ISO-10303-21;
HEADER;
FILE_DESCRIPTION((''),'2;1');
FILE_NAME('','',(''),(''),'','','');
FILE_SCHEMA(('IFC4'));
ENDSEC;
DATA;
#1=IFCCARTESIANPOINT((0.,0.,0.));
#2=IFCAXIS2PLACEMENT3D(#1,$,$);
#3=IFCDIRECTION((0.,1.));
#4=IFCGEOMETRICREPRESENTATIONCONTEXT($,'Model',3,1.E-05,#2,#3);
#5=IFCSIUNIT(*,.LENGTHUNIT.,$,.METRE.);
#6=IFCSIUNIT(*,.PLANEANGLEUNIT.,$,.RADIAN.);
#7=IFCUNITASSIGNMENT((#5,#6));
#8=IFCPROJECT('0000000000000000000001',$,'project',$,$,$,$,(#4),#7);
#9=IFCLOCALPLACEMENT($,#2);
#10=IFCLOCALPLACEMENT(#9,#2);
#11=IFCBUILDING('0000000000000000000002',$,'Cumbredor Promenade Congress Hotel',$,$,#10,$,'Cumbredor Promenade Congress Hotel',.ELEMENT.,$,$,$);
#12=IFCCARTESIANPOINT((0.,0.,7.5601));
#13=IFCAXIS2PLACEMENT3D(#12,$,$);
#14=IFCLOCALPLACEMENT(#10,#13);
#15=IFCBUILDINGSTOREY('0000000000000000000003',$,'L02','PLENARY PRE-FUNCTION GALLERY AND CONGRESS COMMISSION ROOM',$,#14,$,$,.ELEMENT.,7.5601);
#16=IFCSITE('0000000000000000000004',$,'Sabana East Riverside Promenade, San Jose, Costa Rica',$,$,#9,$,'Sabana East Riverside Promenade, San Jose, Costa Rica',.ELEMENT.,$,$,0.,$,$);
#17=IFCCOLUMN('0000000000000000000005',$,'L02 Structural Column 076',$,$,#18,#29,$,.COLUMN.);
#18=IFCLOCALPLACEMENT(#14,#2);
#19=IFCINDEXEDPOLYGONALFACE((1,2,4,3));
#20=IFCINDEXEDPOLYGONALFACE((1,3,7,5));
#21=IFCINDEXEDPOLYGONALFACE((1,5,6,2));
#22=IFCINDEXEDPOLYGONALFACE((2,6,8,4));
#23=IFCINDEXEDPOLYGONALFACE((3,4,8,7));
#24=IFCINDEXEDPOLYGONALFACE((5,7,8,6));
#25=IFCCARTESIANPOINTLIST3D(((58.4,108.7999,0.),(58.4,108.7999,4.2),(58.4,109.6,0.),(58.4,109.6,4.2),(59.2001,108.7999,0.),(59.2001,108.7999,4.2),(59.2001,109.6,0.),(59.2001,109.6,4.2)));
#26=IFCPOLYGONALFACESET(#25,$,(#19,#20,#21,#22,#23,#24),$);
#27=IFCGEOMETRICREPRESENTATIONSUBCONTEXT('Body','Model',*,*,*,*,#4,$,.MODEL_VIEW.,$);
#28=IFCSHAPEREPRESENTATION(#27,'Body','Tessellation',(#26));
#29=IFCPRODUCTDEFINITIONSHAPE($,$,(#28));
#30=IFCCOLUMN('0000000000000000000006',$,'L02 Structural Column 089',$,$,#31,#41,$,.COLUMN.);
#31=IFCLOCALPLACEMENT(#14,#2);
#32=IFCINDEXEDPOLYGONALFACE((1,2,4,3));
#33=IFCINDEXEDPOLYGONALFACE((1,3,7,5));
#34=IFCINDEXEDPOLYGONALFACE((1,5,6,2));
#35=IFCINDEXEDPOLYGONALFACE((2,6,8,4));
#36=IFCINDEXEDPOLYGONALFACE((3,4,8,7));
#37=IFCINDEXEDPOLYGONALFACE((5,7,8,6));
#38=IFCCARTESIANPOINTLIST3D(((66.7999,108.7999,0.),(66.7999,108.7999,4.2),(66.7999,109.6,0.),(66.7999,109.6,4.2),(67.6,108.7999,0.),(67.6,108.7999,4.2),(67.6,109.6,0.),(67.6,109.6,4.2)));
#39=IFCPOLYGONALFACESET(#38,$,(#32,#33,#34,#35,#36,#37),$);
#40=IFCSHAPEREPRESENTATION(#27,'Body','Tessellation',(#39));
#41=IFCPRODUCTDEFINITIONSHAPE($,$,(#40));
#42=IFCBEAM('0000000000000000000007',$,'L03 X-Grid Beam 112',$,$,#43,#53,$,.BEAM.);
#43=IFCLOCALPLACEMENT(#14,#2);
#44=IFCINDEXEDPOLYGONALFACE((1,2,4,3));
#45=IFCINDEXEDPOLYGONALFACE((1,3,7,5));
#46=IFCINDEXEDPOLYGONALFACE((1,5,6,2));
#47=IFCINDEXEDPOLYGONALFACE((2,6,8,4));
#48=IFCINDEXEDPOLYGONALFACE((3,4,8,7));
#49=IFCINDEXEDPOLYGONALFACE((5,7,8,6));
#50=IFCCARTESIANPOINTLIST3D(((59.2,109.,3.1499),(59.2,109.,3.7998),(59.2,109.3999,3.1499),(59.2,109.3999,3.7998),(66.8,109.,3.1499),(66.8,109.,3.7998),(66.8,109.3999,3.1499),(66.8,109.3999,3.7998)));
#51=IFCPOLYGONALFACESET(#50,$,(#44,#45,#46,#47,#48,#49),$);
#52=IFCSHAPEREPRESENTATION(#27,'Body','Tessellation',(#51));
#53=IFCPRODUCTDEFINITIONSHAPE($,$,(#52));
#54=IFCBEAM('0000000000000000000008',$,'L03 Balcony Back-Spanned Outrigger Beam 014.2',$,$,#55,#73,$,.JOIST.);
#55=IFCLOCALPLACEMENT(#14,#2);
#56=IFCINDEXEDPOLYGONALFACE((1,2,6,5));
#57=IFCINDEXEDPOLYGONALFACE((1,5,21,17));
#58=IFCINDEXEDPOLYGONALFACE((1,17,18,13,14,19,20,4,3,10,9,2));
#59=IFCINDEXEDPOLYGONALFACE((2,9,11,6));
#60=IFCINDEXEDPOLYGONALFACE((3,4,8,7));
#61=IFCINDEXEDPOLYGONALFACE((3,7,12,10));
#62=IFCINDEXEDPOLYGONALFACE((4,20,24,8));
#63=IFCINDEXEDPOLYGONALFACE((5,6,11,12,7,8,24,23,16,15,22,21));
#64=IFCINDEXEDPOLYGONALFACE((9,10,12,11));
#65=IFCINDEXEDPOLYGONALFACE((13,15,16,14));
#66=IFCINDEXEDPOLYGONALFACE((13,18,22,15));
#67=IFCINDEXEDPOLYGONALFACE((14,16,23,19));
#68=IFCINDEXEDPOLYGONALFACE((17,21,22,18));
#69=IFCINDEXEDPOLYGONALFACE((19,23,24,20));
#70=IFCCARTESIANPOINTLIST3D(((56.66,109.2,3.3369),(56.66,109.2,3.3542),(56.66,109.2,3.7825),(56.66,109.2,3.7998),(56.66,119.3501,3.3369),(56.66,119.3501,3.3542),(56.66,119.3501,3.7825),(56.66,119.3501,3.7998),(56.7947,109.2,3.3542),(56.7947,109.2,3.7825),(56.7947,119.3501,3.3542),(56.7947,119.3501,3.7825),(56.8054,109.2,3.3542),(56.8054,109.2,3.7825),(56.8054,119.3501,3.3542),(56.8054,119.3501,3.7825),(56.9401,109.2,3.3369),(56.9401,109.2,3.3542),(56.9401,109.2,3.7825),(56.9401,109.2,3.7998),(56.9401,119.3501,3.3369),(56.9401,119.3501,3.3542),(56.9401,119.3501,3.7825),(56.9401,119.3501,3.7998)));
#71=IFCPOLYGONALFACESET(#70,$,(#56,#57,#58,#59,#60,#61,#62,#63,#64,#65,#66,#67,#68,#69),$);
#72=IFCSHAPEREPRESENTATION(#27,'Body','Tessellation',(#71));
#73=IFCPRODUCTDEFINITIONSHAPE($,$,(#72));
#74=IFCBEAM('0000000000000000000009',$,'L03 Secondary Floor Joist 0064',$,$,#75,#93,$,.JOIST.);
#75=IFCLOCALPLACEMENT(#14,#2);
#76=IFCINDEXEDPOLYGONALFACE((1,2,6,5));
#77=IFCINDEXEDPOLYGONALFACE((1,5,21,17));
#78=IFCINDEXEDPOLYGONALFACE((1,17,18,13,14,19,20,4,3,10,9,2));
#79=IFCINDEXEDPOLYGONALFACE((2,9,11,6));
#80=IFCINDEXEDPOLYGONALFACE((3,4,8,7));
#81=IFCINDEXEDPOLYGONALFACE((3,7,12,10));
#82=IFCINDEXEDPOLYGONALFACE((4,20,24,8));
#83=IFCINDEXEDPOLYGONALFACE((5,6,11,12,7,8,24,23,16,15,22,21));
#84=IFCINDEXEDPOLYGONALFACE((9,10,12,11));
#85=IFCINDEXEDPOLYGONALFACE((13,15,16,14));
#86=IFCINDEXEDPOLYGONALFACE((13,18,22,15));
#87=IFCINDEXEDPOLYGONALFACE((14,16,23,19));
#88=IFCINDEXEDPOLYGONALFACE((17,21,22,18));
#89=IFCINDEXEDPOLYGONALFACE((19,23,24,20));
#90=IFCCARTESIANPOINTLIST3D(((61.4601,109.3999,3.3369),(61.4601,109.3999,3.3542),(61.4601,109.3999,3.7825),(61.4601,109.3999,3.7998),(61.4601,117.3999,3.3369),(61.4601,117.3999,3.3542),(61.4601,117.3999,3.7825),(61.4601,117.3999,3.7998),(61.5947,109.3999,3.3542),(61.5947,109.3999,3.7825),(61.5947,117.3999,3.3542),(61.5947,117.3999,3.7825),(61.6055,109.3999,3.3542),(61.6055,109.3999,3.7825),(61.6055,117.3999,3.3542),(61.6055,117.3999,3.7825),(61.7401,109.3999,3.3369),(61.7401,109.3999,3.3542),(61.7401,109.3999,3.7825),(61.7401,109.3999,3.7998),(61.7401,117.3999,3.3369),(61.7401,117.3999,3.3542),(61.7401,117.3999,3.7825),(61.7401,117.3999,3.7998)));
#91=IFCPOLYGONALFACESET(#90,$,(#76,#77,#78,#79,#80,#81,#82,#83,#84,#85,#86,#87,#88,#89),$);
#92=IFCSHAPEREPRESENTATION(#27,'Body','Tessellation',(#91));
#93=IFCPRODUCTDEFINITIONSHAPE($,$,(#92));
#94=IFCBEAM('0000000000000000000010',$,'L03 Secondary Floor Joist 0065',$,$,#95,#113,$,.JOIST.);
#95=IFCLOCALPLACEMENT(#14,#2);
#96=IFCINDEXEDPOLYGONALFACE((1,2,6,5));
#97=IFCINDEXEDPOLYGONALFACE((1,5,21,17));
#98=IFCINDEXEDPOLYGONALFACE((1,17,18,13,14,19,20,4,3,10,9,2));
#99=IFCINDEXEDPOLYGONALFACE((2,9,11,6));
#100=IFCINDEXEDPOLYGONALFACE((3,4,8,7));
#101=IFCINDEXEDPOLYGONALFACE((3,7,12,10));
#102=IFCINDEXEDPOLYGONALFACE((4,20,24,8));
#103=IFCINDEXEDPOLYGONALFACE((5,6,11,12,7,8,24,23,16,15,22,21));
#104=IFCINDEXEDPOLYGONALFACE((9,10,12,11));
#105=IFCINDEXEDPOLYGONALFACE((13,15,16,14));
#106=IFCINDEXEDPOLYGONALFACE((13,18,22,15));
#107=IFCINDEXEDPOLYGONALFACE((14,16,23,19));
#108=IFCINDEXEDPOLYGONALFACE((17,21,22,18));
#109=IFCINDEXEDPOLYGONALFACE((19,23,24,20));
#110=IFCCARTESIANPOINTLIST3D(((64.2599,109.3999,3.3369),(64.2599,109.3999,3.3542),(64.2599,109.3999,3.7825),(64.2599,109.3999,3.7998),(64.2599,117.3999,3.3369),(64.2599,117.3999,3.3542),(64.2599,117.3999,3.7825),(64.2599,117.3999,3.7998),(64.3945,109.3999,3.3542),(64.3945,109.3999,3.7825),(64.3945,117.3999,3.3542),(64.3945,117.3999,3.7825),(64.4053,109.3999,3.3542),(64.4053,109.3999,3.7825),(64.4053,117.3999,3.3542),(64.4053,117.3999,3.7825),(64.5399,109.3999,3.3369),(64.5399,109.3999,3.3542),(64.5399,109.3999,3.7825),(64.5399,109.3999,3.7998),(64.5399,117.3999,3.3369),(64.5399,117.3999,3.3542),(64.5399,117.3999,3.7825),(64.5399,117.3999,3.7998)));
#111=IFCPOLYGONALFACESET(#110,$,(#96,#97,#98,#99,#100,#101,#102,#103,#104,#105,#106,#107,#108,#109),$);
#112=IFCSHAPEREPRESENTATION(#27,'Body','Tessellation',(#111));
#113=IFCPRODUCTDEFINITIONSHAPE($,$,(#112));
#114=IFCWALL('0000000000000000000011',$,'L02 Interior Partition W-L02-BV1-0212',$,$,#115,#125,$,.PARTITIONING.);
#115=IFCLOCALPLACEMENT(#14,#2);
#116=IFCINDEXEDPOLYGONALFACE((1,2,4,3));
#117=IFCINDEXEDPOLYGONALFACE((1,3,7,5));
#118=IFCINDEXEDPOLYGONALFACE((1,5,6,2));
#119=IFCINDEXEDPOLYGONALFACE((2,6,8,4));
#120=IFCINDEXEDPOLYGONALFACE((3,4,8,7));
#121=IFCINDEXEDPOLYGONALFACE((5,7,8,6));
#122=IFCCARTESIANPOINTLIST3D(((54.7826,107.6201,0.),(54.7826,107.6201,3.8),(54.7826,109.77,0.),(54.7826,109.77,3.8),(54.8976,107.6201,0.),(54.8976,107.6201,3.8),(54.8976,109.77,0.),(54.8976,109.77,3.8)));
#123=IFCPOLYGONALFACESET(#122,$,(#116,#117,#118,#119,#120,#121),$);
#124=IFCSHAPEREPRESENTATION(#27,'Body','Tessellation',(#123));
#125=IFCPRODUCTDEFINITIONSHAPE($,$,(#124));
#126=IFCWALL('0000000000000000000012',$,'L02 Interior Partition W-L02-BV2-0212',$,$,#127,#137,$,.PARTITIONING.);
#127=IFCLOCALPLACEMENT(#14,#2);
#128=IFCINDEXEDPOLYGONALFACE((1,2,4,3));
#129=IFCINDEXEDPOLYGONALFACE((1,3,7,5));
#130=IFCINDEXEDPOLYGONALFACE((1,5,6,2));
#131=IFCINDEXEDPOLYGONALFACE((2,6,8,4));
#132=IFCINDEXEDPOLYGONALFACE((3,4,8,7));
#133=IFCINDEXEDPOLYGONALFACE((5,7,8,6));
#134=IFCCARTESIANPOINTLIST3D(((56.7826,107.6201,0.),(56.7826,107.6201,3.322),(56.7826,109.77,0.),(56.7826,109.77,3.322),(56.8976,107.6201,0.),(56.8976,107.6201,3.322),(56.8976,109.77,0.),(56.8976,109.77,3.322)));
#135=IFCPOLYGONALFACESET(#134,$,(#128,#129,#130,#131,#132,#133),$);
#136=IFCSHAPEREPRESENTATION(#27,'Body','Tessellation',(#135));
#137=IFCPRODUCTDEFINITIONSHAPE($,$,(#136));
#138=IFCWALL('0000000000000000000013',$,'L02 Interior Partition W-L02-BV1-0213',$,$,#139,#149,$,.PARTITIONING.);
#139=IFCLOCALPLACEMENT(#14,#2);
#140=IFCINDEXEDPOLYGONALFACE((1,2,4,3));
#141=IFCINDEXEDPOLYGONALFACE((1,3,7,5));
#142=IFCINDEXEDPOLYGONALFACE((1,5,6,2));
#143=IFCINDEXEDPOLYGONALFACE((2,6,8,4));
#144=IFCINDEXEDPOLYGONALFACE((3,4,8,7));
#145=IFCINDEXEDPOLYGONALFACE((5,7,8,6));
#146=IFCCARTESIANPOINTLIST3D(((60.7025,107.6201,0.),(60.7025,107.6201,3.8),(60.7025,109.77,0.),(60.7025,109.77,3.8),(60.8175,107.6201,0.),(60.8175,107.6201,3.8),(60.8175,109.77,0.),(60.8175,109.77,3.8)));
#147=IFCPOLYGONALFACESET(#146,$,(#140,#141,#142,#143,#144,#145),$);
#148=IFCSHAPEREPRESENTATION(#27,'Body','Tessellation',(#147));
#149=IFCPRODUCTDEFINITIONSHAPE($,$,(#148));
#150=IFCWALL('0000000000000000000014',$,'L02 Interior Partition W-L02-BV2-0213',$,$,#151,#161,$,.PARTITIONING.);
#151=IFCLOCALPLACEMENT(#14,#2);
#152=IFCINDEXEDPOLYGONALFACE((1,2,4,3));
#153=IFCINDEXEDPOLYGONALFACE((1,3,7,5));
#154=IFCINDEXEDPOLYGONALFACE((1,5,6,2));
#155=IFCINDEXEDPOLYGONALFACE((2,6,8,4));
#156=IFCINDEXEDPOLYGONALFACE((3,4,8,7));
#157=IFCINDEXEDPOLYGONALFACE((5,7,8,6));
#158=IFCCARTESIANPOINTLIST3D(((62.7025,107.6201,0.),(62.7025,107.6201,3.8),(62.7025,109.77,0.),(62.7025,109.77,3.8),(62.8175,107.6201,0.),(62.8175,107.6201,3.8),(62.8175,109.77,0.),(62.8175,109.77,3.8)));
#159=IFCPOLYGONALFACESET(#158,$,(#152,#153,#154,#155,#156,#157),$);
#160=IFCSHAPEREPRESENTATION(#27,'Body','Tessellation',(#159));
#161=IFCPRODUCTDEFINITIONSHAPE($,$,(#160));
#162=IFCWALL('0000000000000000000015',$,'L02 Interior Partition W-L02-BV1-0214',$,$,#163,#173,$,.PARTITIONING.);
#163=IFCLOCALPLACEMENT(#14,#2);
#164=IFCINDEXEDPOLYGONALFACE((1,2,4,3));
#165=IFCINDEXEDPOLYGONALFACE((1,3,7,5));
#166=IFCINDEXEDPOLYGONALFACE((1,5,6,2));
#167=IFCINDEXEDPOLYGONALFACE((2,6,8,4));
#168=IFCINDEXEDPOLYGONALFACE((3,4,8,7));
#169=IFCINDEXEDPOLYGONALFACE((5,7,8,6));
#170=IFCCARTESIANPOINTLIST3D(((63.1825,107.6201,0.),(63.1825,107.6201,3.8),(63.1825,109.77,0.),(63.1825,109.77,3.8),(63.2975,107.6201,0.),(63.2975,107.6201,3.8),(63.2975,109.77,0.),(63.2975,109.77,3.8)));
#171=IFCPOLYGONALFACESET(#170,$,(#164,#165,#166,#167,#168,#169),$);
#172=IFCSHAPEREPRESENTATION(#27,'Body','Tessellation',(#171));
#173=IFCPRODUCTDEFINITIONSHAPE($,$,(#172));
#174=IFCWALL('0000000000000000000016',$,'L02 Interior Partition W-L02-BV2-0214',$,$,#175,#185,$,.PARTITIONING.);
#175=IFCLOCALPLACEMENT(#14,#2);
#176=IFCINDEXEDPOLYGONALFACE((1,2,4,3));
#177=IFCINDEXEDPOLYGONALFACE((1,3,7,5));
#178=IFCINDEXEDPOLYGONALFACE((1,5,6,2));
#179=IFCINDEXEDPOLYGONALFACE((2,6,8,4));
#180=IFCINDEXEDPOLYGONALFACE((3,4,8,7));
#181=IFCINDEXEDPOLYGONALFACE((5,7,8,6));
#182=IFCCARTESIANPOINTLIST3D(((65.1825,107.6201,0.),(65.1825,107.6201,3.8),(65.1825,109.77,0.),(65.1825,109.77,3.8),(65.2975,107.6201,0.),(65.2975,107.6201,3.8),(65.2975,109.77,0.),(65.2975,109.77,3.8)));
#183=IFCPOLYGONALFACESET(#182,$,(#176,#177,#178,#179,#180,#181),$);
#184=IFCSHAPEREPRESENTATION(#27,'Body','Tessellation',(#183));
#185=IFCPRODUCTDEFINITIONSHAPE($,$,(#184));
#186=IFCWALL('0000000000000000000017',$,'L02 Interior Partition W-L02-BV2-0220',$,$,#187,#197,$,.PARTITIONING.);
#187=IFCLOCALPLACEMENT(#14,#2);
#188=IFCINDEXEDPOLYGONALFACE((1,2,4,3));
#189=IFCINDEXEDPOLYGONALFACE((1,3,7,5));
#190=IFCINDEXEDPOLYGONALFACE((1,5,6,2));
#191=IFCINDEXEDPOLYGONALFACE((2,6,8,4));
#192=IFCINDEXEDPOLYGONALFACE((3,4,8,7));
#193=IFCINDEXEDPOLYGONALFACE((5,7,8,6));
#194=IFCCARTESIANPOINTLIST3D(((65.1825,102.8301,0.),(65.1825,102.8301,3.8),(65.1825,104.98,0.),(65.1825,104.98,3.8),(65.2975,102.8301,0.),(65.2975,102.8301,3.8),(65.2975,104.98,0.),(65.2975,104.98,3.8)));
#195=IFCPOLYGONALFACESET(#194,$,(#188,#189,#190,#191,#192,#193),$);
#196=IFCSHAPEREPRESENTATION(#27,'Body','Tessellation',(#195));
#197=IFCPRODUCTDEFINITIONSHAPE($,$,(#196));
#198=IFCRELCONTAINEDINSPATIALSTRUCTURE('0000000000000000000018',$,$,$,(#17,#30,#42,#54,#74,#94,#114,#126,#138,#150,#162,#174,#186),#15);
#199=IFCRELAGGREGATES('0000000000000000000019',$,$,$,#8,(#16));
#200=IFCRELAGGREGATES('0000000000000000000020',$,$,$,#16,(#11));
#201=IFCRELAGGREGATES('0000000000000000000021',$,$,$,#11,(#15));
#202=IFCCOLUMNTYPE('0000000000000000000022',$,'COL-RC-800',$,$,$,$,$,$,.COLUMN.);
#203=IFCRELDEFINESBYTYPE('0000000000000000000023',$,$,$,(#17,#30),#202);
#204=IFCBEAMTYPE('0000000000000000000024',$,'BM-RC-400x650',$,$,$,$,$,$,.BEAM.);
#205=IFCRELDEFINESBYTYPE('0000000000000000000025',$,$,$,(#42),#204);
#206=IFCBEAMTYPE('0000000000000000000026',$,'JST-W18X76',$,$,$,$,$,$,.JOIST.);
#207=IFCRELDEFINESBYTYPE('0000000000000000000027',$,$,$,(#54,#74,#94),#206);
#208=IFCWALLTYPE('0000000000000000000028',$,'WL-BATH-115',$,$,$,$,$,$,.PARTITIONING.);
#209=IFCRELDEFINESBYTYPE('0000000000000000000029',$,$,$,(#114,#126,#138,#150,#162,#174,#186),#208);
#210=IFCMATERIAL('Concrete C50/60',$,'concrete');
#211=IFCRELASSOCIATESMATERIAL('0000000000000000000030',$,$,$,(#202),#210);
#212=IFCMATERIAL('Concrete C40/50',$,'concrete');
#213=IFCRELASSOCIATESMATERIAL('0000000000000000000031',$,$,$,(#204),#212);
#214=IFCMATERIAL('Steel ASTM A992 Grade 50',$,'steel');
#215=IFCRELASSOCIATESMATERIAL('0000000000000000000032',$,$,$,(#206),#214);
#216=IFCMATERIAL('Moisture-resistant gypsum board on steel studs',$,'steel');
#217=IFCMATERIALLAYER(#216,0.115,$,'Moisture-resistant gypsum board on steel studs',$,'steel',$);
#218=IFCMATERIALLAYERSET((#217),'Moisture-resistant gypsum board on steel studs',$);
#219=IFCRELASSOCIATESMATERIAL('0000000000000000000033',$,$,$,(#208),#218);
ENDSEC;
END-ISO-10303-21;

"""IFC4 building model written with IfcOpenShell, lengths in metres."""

from ifc_helpers import new_model, si_unit, direction, frame, frame_2d, origin, origin_2d, place, context, subcontext, project, spatial, rectangle, i_section, extrude, material, layer, layer_set, material_profile, profile_set, type_object, element, save


model = new_model("IFC4")

# Units and contexts
model_context = context("Model", 3, precision=1e-05, world=origin(), true_north=direction((0.0, 1.0)))
body_context = subcontext(model_context, "Body", "Model", "MODEL_VIEW")
ifc_project = project(units=[si_unit("LENGTHUNIT", "METRE"), si_unit("PLANEANGLEUNIT", "RADIAN")], contexts=[model_context])

# Site, building, storey
site_placement = place(None, origin())
site = spatial("IfcSite", under=ifc_project, at=site_placement, Name="Sabana East Riverside Promenade, San Jose, Costa Rica", LongName="Sabana East Riverside Promenade, San Jose, Costa Rica", CompositionType="ELEMENT", RefElevation=0.0)
building_placement = place(site_placement, origin())
building = spatial("IfcBuilding", under=site, at=building_placement, Name="Cumbredor Promenade Congress Hotel", LongName="Cumbredor Promenade Congress Hotel", CompositionType="ELEMENT")
storey_placement = place(building_placement, frame((0.0, 0.0, 7.5601)))
storey = spatial("IfcBuildingStorey", under=building, at=storey_placement, Name="L02", Description="PLENARY PRE-FUNCTION GALLERY AND CONGRESS COMMISSION ROOM", CompositionType="ELEMENT", Elevation=7.5601)

# Columns
ifc_material_1 = material(Name="Concrete C50/60", Category="concrete")
ifc_material_profile_1 = material_profile(ifc_material_1, rectangle(XDim=0.8, YDim=0.8, at=origin_2d()), Name="RC 800x800")
ifc_profile_set_1 = profile_set([ifc_material_profile_1], Name="Concrete C50/60")
column_type = type_object("IfcColumnType", Name="COL-RC-800", PredefinedType="COLUMN", material=ifc_profile_set_1)
for number, where, z_axis, x_axis, name in (
    (1, (58.8, 109.2, 0.0), (0.0, 0.0, 1.0), (1.0, 0.0, 0.0), "L02 Structural Column 076"),
    (2, (67.2, 109.2, 0.0), (0.0, 0.0, 1.0), (1.0, 0.0, 0.0), "L02 Structural Column 089"),
):
    element("IfcColumn", number, at=place(storey_placement, frame(where, z_axis=z_axis, x_axis=x_axis)), inside=storey, type_object=column_type, Name=name, PredefinedType="COLUMN", context=body_context, shape_type="SweptSolid", body=[
        extrude(rectangle(XDim=0.8, YDim=0.8, at=origin_2d()), origin(), (0.0, 0.0, 1.0), 4.2),
    ])

# Beams
ifc_material_2 = material(Name="Concrete C40/50", Category="concrete")
ifc_material_profile_2 = material_profile(ifc_material_2, rectangle(XDim=0.3999, YDim=0.6499, at=origin_2d()), Name="RC BEAM 400x650")
ifc_profile_set_2 = profile_set([ifc_material_profile_2], Name="Concrete C40/50")
beam_type_1 = type_object("IfcBeamType", Name="BM-RC-400x650", PredefinedType="BEAM", material=ifc_profile_set_2)
beam_1_placement = place(storey_placement, frame((59.2, 109.2, 3.4749), z_axis=(1.0, 0.0, 0.0), x_axis=(0.0, 1.0, 0.0)))
element("IfcBeam", 3, at=beam_1_placement, inside=storey, type_object=beam_type_1, Name="L03 X-Grid Beam 112", PredefinedType="BEAM", context=body_context, shape_type="SweptSolid", body=[
    extrude(rectangle(XDim=0.3999, YDim=0.6499, at=origin_2d()), origin(), (0.0, 0.0, 1.0), 7.6001),
])
ifc_material_3 = material(Name="Steel ASTM A992 Grade 50", Category="steel")
ifc_material_profile_3 = material_profile(ifc_material_3, i_section(OverallWidth=0.28, OverallDepth=0.4629, WebThickness=0.0107, FlangeThickness=0.0173, at=origin_2d()), Name="W18X76")
ifc_profile_set_3 = profile_set([ifc_material_profile_3], Name="Steel ASTM A992 Grade 50")
beam_type_2 = type_object("IfcBeamType", Name="JST-W18X76", PredefinedType="JOIST", material=ifc_profile_set_3)
beam_2_placement = place(storey_placement, frame((56.8, 109.2, 3.5684), z_axis=(0.0, 1.0, 0.0), x_axis=(-1.0, 0.0, 0.0)))
element("IfcBeam", 4, at=beam_2_placement, inside=storey, type_object=beam_type_2, Name="L03 Balcony Back-Spanned Outrigger Beam 014.2", PredefinedType="JOIST", context=body_context, shape_type="SweptSolid", body=[
    extrude(i_section(OverallWidth=0.28, OverallDepth=0.4629, WebThickness=0.0107, FlangeThickness=0.0173, at=origin_2d()), origin(), (0.0, 0.0, 1.0), 10.1501),
])
for number, where, z_axis, x_axis, name in (
    (5, (61.6001, 109.3999, 3.5684), (0.0, 1.0, 0.0), (-1.0, 0.0, 0.0), "L03 Secondary Floor Joist 0064"),
    (6, (64.3999, 109.3999, 3.5684), (0.0, 1.0, 0.0), (-1.0, 0.0, 0.0), "L03 Secondary Floor Joist 0065"),
):
    element("IfcBeam", number, at=place(storey_placement, frame(where, z_axis=z_axis, x_axis=x_axis)), inside=storey, type_object=beam_type_2, Name=name, PredefinedType="JOIST", context=body_context, shape_type="SweptSolid", body=[
        extrude(i_section(OverallWidth=0.28, OverallDepth=0.4629, WebThickness=0.0107, FlangeThickness=0.0173, at=origin_2d()), origin(), (0.0, 0.0, 1.0), 8.0),
    ])

# Walls
ifc_material_4 = material(Name="Moisture-resistant gypsum board on steel studs", Category="steel")
ifc_layer_1 = layer(ifc_material_4, 0.115, Name="Moisture-resistant gypsum board on steel studs", Category="steel")
ifc_layer_set_1 = layer_set([ifc_layer_1], Name="Moisture-resistant gypsum board on steel studs")
wall_type_1 = type_object("IfcWallType", Name="WL-BATH-115", PredefinedType="PARTITIONING", material=ifc_layer_set_1)
wall_1_placement = place(storey_placement, frame((54.8401, 107.6201, 0.0), z_axis=(0.0, 0.0, 1.0), x_axis=(0.0, 1.0, 0.0)))
element("IfcWall", 7, at=wall_1_placement, inside=storey, type_object=wall_type_1, Name="L02 Interior Partition W-L02-BV1-0212", PredefinedType="PARTITIONING", context=body_context, shape_type="SweptSolid", body=[
    extrude(rectangle(XDim=2.1499, YDim=0.115, at=frame_2d((1.075, 0.0))), origin(), (0.0, 0.0, 1.0), 3.8),
])
wall_2_placement = place(storey_placement, frame((56.8401, 107.6201, 0.0), z_axis=(0.0, 0.0, 1.0), x_axis=(0.0, 1.0, 0.0)))
element("IfcWall", 8, at=wall_2_placement, inside=storey, type_object=wall_type_1, Name="L02 Interior Partition W-L02-BV2-0212", PredefinedType="PARTITIONING", context=body_context, shape_type="SweptSolid", body=[
    extrude(rectangle(XDim=2.1499, YDim=0.115, at=frame_2d((1.075, 0.0))), origin(), (0.0, 0.0, 1.0), 3.322),
])
for number, where, z_axis, x_axis, name in (
    (9, (60.76, 107.6201, 0.0), (0.0, 0.0, 1.0), (0.0, 1.0, 0.0), "L02 Interior Partition W-L02-BV1-0213"),
    (10, (62.76, 107.6201, 0.0), (0.0, 0.0, 1.0), (0.0, 1.0, 0.0), "L02 Interior Partition W-L02-BV2-0213"),
    (11, (63.24, 107.6201, 0.0), (0.0, 0.0, 1.0), (0.0, 1.0, 0.0), "L02 Interior Partition W-L02-BV1-0214"),
    (12, (65.24, 107.6201, 0.0), (0.0, 0.0, 1.0), (0.0, 1.0, 0.0), "L02 Interior Partition W-L02-BV2-0214"),
    (13, (65.24, 102.8301, 0.0), (0.0, 0.0, 1.0), (0.0, 1.0, 0.0), "L02 Interior Partition W-L02-BV2-0220"),
):
    element("IfcWall", number, at=place(storey_placement, frame(where, z_axis=z_axis, x_axis=x_axis)), inside=storey, type_object=wall_type_1, Name=name, PredefinedType="PARTITIONING", context=body_context, shape_type="SweptSolid", body=[
        extrude(rectangle(XDim=2.1499, YDim=0.115, at=frame_2d((1.075, 0.0))), origin(), (0.0, 0.0, 1.0), 3.8),
    ])

save(model, "model.ifc")
